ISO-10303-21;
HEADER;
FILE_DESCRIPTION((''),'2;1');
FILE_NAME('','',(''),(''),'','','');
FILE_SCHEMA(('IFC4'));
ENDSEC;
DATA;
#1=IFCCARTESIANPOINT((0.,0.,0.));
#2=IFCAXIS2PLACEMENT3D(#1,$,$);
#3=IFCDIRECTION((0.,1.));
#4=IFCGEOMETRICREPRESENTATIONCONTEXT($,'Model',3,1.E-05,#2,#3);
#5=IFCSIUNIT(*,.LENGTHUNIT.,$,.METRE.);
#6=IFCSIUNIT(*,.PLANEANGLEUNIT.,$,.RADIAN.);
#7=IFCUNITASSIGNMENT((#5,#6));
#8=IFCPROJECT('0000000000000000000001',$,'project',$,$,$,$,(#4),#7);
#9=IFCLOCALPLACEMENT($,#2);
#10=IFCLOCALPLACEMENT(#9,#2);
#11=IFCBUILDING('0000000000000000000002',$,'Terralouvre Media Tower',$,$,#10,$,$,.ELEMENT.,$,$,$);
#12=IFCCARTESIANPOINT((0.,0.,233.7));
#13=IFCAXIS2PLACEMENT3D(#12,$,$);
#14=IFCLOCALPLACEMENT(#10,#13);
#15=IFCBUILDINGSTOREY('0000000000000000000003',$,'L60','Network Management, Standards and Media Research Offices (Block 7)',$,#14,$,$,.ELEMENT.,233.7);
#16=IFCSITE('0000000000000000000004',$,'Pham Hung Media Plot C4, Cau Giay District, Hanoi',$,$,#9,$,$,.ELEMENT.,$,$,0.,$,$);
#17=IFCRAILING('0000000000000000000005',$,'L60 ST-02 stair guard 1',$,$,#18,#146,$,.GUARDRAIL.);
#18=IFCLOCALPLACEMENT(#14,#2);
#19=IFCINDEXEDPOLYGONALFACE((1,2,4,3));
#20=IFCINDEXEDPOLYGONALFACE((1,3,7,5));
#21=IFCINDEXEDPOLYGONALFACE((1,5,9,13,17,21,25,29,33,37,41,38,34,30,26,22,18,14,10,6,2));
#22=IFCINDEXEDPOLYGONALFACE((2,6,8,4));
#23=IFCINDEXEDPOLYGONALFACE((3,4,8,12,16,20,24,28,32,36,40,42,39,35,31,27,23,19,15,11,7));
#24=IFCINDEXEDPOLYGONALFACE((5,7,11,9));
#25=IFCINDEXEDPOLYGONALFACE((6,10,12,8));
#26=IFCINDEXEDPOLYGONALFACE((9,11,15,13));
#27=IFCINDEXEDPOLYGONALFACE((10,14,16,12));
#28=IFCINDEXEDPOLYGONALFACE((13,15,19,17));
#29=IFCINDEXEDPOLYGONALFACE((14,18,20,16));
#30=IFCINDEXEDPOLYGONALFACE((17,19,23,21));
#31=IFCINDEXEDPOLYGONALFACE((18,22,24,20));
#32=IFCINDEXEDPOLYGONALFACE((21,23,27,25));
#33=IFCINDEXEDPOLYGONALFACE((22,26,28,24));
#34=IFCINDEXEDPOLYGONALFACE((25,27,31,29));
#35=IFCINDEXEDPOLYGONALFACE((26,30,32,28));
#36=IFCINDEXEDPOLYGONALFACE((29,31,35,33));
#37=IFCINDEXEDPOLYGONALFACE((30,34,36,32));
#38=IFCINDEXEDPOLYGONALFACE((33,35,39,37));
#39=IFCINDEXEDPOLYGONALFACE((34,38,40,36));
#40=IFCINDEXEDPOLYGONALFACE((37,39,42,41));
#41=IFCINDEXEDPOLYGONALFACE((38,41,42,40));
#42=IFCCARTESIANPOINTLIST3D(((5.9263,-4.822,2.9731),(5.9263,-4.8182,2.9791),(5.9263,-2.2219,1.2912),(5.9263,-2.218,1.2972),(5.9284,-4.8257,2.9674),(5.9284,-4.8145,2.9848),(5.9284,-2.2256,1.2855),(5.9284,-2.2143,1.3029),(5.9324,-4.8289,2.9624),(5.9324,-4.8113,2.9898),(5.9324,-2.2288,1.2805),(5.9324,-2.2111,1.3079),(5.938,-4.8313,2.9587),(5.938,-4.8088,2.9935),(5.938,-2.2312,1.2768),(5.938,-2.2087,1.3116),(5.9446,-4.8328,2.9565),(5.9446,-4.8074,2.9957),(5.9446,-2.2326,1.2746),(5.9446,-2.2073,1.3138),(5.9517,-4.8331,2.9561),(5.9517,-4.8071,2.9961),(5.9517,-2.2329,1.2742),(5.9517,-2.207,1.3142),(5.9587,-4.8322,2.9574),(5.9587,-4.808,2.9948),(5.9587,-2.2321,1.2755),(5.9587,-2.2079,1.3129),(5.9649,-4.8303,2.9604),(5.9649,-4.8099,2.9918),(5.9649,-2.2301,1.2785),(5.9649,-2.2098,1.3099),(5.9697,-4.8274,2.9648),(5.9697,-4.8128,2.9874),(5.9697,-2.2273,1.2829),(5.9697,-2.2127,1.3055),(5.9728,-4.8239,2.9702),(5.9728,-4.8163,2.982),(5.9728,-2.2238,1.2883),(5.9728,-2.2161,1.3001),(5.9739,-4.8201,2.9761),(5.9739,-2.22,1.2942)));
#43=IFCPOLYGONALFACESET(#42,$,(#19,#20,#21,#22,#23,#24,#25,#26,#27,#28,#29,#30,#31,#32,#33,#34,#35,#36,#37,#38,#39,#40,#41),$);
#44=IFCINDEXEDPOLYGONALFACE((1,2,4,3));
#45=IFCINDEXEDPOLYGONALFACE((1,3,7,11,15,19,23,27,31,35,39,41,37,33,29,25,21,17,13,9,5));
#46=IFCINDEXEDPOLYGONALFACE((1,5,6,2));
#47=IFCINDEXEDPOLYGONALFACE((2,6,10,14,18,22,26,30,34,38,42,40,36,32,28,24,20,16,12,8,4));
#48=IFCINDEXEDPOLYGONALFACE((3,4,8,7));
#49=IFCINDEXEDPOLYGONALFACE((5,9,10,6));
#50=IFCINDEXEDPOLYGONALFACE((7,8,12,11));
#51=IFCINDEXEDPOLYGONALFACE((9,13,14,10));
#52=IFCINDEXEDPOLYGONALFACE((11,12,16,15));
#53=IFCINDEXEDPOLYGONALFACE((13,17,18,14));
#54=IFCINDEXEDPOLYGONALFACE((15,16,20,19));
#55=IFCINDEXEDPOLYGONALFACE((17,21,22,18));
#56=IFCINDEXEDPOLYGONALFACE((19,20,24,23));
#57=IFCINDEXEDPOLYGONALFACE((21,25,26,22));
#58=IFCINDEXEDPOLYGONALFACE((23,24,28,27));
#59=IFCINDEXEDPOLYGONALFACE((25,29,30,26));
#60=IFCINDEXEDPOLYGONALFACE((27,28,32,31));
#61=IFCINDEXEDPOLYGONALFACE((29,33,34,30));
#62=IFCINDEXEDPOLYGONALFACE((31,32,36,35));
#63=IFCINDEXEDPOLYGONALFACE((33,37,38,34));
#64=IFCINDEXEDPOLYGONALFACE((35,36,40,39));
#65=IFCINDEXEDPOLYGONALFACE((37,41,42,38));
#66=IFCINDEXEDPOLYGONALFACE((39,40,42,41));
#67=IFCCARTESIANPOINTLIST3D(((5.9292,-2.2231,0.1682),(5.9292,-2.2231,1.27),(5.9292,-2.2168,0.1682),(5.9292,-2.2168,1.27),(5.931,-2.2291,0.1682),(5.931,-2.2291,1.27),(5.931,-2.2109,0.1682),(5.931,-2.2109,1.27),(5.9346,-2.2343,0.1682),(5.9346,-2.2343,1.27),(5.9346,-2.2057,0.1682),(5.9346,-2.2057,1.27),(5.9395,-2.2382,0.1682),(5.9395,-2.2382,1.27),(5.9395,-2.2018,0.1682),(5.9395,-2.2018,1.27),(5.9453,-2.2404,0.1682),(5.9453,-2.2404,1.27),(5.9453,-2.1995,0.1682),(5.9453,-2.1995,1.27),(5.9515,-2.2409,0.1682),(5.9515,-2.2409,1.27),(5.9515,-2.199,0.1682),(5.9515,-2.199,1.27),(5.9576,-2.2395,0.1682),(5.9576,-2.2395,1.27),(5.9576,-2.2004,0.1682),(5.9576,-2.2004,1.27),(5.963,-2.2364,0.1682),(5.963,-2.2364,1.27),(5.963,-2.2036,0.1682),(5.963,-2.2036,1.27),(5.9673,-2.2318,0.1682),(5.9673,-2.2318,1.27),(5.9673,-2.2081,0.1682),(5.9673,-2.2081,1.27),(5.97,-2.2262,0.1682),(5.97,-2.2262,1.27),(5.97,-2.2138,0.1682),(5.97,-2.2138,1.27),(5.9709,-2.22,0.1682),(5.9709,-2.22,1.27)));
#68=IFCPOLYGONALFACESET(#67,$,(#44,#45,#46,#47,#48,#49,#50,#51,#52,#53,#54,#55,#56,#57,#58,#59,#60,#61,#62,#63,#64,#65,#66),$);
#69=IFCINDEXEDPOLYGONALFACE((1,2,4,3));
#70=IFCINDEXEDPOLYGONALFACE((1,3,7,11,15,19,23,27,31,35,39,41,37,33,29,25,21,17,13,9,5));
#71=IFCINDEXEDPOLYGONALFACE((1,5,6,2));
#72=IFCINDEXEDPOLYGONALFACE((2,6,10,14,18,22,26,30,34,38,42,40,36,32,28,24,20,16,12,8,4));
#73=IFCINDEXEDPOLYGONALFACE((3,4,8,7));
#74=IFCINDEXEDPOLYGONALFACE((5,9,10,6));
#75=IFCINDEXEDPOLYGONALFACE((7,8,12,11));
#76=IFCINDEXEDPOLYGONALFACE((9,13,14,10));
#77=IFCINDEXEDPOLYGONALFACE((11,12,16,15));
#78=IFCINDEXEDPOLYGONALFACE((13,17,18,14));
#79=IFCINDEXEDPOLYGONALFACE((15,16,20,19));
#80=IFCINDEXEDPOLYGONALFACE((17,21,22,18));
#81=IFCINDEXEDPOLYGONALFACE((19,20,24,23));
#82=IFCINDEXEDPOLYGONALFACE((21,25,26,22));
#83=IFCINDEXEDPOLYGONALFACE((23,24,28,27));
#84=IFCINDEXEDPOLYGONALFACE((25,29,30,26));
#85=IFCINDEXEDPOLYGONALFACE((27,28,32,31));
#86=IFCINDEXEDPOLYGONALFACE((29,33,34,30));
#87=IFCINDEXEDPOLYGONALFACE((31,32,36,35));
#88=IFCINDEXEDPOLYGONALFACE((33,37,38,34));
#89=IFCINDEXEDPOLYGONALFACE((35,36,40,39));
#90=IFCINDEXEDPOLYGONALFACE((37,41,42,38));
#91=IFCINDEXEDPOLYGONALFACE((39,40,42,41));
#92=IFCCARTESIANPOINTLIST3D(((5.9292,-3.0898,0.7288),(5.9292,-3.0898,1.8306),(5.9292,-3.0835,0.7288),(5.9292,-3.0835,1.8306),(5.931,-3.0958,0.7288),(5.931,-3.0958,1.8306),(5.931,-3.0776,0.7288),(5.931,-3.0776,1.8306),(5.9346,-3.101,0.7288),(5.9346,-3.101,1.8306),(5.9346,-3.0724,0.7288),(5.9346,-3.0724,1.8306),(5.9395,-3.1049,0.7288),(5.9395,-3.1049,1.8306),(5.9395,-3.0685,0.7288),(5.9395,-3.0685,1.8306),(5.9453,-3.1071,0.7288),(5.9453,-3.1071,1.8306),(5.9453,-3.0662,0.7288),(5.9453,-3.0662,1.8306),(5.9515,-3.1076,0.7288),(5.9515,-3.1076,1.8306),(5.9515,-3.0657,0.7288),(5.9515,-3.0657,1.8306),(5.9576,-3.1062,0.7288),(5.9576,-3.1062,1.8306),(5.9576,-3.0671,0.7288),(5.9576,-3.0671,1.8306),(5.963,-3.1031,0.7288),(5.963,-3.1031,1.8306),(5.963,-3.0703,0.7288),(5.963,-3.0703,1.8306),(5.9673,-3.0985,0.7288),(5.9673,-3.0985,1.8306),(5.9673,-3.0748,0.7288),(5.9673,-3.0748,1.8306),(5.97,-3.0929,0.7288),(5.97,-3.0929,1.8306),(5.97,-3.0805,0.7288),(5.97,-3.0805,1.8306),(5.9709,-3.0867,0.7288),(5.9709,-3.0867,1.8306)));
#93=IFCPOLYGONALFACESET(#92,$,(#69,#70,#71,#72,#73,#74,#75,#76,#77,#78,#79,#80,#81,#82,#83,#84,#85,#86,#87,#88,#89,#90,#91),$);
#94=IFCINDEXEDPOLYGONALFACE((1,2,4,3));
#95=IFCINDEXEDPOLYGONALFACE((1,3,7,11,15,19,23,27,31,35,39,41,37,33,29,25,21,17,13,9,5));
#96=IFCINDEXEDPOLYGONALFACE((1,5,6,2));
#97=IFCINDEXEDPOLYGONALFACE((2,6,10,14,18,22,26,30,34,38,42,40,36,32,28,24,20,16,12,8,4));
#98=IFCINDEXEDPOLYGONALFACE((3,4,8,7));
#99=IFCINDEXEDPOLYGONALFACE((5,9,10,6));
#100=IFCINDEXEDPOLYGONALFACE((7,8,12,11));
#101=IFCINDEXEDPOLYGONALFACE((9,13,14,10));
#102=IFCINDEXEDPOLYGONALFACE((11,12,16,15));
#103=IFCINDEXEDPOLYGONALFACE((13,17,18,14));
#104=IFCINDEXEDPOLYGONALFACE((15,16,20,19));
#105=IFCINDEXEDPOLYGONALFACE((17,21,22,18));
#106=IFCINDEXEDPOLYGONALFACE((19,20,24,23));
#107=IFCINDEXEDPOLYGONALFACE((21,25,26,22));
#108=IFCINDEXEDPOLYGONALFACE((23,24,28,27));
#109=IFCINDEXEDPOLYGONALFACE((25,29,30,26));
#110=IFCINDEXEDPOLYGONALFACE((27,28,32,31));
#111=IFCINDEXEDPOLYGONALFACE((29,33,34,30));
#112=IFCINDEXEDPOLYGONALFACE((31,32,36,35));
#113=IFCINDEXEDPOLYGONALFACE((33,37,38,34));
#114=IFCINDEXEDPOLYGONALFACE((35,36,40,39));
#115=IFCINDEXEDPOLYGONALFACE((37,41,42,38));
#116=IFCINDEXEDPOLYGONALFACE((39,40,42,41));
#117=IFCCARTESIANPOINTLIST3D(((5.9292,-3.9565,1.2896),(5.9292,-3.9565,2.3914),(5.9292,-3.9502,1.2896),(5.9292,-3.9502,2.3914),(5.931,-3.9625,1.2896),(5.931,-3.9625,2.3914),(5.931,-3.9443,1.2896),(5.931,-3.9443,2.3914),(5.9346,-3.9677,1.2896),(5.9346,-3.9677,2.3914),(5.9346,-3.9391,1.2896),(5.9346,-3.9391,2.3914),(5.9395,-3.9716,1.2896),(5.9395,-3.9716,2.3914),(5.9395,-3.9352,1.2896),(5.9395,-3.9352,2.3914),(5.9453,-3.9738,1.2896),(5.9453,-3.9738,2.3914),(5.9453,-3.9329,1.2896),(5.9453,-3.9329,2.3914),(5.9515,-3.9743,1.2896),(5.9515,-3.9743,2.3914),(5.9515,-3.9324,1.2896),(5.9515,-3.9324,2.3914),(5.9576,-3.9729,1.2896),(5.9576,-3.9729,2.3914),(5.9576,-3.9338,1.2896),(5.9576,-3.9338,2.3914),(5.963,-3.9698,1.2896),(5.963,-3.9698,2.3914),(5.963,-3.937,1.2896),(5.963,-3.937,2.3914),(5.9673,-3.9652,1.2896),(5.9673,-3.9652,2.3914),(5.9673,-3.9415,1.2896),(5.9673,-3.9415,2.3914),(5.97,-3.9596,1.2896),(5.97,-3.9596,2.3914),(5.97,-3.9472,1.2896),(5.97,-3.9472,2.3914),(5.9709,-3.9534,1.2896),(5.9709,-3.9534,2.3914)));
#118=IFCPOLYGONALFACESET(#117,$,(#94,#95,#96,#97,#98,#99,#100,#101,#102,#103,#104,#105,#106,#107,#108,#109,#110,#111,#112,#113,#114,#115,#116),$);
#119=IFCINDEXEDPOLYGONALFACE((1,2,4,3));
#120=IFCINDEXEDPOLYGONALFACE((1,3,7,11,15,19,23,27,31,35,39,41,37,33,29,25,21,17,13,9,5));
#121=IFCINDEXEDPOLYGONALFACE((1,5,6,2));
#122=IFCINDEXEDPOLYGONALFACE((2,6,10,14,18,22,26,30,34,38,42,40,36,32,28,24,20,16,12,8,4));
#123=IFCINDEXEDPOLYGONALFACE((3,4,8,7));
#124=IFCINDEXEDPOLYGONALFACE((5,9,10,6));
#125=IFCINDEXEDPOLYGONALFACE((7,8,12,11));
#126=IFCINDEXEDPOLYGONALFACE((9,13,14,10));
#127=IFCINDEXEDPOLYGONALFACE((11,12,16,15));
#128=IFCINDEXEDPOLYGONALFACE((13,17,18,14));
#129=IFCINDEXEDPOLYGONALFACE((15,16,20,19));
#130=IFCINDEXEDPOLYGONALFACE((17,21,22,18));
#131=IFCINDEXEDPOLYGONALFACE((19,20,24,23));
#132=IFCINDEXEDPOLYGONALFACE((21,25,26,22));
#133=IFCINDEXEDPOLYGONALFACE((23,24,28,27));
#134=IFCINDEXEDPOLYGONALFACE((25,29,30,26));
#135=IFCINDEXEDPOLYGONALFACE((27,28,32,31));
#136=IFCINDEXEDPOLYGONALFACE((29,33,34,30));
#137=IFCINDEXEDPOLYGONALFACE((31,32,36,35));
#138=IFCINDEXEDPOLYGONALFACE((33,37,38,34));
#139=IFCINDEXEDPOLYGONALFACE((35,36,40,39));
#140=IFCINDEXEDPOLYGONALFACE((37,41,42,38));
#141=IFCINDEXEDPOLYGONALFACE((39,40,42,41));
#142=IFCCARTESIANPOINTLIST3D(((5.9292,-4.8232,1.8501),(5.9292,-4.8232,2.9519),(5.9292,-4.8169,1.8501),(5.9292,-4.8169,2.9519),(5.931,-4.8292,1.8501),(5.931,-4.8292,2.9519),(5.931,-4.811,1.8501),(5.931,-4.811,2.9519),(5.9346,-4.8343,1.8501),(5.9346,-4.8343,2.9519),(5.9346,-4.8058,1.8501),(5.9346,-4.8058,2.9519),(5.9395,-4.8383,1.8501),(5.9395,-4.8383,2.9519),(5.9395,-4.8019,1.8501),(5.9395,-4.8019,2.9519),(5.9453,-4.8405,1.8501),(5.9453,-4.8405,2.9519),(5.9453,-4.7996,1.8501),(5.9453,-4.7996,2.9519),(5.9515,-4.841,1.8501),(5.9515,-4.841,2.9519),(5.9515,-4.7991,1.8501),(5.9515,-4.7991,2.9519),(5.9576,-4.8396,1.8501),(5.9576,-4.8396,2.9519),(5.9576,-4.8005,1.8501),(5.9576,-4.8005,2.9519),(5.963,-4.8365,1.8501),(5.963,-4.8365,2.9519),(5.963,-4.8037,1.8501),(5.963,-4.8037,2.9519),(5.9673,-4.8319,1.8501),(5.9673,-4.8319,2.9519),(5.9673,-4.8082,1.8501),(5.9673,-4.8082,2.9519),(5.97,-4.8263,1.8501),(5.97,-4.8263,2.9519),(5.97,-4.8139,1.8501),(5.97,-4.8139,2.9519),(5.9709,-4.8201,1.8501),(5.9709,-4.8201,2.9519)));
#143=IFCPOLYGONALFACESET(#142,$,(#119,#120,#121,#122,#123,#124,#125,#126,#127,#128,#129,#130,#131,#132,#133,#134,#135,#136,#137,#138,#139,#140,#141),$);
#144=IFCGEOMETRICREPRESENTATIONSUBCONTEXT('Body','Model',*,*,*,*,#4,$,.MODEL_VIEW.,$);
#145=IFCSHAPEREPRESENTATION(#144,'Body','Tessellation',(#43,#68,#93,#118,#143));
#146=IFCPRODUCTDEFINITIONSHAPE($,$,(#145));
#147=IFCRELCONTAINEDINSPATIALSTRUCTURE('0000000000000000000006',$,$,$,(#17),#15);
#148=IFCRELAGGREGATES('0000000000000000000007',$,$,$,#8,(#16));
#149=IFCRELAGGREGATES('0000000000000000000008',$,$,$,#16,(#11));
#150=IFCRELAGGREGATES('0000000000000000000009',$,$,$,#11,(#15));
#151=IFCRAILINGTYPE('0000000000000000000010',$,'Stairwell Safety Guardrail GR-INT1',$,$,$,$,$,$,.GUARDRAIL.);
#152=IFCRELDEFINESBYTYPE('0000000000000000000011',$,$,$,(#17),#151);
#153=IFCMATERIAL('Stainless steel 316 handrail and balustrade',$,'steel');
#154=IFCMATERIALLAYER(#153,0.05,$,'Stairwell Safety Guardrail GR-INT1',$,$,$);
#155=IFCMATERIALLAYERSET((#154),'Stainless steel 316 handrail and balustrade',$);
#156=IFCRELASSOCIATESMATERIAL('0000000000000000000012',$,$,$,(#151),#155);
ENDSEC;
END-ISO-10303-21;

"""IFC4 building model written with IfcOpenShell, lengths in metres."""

from ifc_helpers import new_model, si_unit, direction, frame, origin, origin_2d, place, context, subcontext, project, spatial, circle, extrude, material, layer, layer_set, type_object, element, save


model = new_model("IFC4")

# Units and contexts
model_context = context("Model", 3, precision=1e-05, world=origin(), true_north=direction((0.0, 1.0)))
body_context = subcontext(model_context, "Body", "Model", "MODEL_VIEW")
ifc_project = project(units=[si_unit("LENGTHUNIT", "METRE"), si_unit("PLANEANGLEUNIT", "RADIAN")], contexts=[model_context])

# Site, building, storey
site_placement = place(None, origin())
site = spatial("IfcSite", under=ifc_project, at=site_placement, Name="Pham Hung Media Plot C4, Cau Giay District, Hanoi", CompositionType="ELEMENT", RefElevation=0.0)
building_placement = place(site_placement, origin())
building = spatial("IfcBuilding", under=site, at=building_placement, Name="Terralouvre Media Tower", CompositionType="ELEMENT")
storey_placement = place(building_placement, frame((0.0, 0.0, 233.7)))
storey = spatial("IfcBuildingStorey", under=building, at=storey_placement, Name="L60", Description="Network Management, Standards and Media Research Offices (Block 7)", CompositionType="ELEMENT", Elevation=233.7)

# Railing
ifc_material_1 = material(Name="Stainless steel 316 handrail and balustrade", Category="steel")
ifc_layer_1 = layer(ifc_material_1, 0.05, Name="Stairwell Safety Guardrail GR-INT1")
ifc_layer_set_1 = layer_set([ifc_layer_1], Name="Stainless steel 316 handrail and balustrade")
railing_type_1 = type_object("IfcRailingType", Name="Stairwell Safety Guardrail GR-INT1", PredefinedType="GUARDRAIL", material=ifc_layer_set_1)
railing_1_placement = place(storey_placement, frame((5.95, -2.22, 0.1682)))
element("IfcRailing", 1, at=railing_1_placement, inside=storey, type_object=railing_type_1, Name="L60 ST-02 stair guard 1", PredefinedType="GUARDRAIL", context=body_context, shape_type="SweptSolid", body=[
    extrude(circle(Radius=0.0239, at=origin_2d()), frame((0.0, 0.0, 1.126), z_axis=(0.0, -0.839648, 0.54313), x_axis=(1.0, 0.0, 0.0)), (0.0, 0.0, 1.0), 3.0967),
    extrude(circle(Radius=0.021, at=origin_2d()), origin(), (0.0, 0.0, 1.0), 1.1018),
    extrude(circle(Radius=0.021, at=origin_2d()), frame((0.0, -0.8667, 0.5605)), (0.0, 0.0, 1.0), 1.1018),
    extrude(circle(Radius=0.021, at=origin_2d()), frame((0.0, -1.7334, 1.1213)), (0.0, 0.0, 1.0), 1.1018),
    extrude(circle(Radius=0.021, at=origin_2d()), frame((0.0, -2.6001, 1.6819)), (0.0, 0.0, 1.0), 1.1018),
])

save(model, "model.ifc")
